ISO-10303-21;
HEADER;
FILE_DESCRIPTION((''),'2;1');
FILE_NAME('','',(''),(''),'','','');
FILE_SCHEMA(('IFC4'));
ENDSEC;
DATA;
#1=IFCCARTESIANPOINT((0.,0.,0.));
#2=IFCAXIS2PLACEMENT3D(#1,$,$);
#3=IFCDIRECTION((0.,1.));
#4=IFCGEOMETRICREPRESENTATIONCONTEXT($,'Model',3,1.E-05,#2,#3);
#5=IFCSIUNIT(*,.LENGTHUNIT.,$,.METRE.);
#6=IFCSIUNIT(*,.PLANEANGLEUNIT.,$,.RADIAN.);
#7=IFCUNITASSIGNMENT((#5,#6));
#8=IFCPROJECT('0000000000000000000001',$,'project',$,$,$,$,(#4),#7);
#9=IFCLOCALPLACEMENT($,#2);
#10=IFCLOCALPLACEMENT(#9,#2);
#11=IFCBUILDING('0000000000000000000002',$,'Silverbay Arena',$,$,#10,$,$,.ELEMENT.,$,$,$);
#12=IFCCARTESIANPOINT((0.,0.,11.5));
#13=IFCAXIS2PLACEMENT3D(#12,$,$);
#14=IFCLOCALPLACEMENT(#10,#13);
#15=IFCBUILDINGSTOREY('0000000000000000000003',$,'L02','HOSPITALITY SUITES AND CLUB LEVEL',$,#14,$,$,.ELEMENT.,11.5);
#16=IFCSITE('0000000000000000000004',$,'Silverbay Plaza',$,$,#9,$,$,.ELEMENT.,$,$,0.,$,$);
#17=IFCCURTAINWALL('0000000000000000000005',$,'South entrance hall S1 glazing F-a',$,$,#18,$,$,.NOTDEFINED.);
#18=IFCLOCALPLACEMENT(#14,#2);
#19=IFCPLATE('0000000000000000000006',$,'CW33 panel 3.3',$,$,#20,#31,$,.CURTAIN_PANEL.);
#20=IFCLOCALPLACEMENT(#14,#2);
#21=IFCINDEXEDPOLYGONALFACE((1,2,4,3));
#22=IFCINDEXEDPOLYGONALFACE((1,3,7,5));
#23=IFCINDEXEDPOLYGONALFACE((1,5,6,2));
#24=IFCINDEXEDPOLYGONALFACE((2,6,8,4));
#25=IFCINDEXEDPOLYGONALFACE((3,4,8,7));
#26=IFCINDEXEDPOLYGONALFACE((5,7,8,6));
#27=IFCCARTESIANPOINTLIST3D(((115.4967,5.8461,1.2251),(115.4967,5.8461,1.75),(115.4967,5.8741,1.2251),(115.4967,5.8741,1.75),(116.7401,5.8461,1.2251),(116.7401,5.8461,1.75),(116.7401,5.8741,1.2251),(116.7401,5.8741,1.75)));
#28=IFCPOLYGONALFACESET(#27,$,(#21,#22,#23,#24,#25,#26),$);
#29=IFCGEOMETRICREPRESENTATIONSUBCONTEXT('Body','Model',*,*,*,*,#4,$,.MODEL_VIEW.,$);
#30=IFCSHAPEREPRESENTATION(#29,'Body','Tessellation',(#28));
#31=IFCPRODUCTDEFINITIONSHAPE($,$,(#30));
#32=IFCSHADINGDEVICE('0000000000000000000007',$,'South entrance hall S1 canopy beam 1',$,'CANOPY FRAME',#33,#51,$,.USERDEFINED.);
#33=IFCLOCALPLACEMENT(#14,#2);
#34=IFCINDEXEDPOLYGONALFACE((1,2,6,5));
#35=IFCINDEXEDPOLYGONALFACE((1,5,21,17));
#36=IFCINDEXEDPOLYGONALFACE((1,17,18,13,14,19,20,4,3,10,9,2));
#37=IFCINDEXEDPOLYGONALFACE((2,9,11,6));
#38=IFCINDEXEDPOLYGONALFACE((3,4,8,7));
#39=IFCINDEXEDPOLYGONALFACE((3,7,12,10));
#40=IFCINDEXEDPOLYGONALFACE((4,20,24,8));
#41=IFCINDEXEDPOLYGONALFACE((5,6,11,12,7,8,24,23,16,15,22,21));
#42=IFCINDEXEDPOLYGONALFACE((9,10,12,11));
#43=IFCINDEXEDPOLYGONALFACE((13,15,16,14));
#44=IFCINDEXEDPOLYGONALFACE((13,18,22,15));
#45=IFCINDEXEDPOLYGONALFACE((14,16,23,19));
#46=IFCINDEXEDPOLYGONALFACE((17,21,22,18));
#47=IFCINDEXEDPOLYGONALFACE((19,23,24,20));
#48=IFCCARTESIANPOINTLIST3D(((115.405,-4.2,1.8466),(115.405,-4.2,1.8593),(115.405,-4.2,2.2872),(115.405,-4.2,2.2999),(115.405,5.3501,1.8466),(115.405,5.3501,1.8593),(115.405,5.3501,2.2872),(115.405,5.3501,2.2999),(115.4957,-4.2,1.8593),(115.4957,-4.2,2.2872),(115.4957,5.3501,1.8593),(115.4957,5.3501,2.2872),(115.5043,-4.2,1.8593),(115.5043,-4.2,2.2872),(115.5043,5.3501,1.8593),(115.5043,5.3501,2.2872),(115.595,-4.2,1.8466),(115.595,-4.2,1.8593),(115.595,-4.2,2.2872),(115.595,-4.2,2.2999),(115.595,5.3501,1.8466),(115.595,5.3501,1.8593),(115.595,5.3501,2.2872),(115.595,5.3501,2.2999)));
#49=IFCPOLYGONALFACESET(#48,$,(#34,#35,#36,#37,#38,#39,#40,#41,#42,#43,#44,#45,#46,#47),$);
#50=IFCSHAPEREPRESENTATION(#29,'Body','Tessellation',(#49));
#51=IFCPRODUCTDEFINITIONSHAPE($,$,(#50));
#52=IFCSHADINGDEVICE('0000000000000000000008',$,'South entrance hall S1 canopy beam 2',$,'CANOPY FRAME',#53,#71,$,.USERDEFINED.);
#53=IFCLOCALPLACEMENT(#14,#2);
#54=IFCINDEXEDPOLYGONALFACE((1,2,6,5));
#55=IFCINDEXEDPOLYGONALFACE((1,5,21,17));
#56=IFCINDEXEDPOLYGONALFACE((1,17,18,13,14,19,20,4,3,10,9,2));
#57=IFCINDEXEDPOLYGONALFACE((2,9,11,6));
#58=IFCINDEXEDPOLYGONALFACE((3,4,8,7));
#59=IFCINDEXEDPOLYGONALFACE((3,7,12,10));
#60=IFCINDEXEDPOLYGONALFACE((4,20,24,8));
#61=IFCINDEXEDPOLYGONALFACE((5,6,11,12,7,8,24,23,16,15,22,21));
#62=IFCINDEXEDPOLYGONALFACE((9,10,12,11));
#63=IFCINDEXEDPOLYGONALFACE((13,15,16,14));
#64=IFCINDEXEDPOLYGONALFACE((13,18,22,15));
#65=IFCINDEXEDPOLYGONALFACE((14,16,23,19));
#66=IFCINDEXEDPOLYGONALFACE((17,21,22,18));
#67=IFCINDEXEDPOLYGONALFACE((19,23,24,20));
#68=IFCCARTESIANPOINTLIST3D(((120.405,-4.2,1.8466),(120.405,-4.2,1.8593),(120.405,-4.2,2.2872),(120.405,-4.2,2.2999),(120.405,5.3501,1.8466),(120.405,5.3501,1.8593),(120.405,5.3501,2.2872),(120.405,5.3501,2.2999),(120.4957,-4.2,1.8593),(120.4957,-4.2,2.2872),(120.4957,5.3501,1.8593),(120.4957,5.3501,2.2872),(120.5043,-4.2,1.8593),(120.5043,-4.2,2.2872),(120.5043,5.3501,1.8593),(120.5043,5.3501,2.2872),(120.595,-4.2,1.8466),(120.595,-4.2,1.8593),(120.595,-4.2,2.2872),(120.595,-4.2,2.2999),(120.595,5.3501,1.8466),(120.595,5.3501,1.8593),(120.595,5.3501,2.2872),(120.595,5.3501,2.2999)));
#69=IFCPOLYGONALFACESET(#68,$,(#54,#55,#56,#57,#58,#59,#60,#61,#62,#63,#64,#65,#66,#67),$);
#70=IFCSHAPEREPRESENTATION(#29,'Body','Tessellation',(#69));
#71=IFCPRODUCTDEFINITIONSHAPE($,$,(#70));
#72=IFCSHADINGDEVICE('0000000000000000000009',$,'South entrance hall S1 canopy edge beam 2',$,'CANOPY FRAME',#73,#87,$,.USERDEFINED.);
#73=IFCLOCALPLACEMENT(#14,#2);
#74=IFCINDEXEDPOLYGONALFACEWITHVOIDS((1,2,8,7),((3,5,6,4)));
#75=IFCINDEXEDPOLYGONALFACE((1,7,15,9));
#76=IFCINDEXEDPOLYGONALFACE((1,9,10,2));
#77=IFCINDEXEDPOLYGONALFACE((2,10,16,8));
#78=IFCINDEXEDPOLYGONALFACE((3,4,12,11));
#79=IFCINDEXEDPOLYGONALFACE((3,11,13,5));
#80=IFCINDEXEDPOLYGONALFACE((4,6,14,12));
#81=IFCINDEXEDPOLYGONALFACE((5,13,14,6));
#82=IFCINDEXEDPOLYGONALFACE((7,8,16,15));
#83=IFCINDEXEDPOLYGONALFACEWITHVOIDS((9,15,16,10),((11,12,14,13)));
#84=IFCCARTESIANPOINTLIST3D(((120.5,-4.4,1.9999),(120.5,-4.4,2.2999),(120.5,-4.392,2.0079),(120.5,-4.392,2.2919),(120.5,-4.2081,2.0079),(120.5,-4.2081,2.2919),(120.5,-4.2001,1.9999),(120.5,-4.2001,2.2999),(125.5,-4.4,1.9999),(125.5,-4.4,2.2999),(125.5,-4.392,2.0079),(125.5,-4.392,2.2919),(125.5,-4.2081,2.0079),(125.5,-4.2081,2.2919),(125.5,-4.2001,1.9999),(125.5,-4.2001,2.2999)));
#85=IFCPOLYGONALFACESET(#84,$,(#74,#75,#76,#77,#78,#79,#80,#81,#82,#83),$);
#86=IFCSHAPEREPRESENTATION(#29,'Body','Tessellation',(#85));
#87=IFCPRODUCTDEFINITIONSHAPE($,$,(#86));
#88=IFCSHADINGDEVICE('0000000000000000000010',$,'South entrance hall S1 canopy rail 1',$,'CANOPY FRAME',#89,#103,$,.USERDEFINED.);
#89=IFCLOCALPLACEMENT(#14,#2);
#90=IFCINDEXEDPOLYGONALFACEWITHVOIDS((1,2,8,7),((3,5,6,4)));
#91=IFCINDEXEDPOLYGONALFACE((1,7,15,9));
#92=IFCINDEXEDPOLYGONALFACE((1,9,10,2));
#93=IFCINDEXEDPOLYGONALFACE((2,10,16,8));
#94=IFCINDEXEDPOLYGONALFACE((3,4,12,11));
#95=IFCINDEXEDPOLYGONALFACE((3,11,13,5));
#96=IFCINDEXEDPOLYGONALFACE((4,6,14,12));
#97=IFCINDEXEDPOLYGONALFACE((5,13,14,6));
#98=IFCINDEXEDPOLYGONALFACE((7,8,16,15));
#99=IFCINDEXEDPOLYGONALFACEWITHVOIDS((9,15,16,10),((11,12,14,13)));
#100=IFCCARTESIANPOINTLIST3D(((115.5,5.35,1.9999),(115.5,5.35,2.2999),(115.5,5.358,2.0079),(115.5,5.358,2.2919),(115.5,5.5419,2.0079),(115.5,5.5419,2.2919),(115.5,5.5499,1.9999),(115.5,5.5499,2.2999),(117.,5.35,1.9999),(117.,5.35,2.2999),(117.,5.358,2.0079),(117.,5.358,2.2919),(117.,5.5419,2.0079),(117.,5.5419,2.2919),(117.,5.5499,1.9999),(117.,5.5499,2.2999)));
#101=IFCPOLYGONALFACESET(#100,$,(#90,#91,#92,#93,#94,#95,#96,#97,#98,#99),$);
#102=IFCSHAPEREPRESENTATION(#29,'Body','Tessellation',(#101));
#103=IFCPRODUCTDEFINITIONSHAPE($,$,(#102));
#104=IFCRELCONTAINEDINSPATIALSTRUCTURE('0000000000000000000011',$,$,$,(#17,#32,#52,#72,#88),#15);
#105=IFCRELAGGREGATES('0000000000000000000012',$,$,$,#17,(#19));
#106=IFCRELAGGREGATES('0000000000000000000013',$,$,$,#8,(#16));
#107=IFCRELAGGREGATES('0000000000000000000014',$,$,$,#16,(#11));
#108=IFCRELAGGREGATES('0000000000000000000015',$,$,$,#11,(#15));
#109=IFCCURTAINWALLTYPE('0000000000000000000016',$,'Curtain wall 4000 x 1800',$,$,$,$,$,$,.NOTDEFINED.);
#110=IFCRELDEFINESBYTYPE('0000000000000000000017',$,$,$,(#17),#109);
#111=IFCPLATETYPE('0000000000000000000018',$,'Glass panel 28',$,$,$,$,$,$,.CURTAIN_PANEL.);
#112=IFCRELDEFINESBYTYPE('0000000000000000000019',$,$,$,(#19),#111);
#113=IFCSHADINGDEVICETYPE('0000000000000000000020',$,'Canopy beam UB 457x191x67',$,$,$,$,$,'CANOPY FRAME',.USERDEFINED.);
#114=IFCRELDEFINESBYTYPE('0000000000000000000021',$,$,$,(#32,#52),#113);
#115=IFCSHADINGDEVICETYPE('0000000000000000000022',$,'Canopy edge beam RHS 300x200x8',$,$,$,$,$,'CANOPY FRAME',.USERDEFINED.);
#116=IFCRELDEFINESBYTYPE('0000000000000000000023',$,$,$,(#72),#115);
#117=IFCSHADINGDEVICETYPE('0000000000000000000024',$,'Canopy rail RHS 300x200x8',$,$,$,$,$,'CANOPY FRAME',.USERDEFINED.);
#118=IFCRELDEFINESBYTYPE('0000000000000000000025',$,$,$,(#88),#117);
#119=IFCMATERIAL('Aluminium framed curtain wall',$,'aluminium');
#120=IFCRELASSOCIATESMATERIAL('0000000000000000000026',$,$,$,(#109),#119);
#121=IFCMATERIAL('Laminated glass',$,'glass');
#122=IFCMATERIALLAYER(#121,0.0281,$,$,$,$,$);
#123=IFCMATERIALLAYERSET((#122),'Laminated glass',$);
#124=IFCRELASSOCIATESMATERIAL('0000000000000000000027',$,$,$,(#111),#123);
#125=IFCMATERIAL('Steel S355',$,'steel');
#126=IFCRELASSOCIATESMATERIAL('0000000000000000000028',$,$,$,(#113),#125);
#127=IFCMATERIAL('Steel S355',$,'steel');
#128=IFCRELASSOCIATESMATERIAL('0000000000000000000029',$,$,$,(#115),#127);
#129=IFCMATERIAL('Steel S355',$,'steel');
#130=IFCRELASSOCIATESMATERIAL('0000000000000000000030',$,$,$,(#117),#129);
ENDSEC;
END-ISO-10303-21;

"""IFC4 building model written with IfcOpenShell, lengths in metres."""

from ifc_helpers import new_model, si_unit, direction, frame, origin, origin_2d, place, context, subcontext, project, spatial, rectangle, hollow_rectangle, i_section, extrude, material, layer, layer_set, material_profile, profile_set, type_object, element, aggregate, save


model = new_model("IFC4")

# Units and contexts
model_context = context("Model", 3, precision=1e-05, world=origin(), true_north=direction((0.0, 1.0)))
body_context = subcontext(model_context, "Body", "Model", "MODEL_VIEW")
ifc_project = project(units=[si_unit("LENGTHUNIT", "METRE"), si_unit("PLANEANGLEUNIT", "RADIAN")], contexts=[model_context])

# Site, building, storey
site_placement = place(None, origin())
site = spatial("IfcSite", under=ifc_project, at=site_placement, Name="Silverbay Plaza", CompositionType="ELEMENT", RefElevation=0.0)
building_placement = place(site_placement, origin())
building = spatial("IfcBuilding", under=site, at=building_placement, Name="Silverbay Arena", CompositionType="ELEMENT")
storey_placement = place(building_placement, frame((0.0, 0.0, 11.5)))
storey = spatial("IfcBuildingStorey", under=building, at=storey_placement, Name="L02", Description="HOSPITALITY SUITES AND CLUB LEVEL", CompositionType="ELEMENT", Elevation=11.5)

# Curtain wall
ifc_material_1 = material(Name="Aluminium framed curtain wall", Category="aluminium")
curtain_wall_type_1 = type_object("IfcCurtainWallType", Name="Curtain wall 4000 x 1800", PredefinedType="NOTDEFINED", material=ifc_material_1)
curtain_wall_1_placement = place(storey_placement, origin())
curtain_wall_1 = element("IfcCurtainWall", 1, at=curtain_wall_1_placement, inside=storey, type_object=curtain_wall_type_1, Name="South entrance hall S1 glazing F-a", PredefinedType="NOTDEFINED")

# Plate
ifc_material_2 = material(Name="Laminated glass", Category="glass")
ifc_layer = layer(ifc_material_2, 0.0281)
ifc_layer_set = layer_set([ifc_layer], Name="Laminated glass")
plate_type = type_object("IfcPlateType", Name="Glass panel 28", PredefinedType="CURTAIN_PANEL", material=ifc_layer_set)
plate_1_placement = place(storey_placement, frame((116.1184, 5.8601, 1.2251), z_axis=(0.0, 0.0, 1.0), x_axis=(1.0, 0.0, 0.0)))
plate_1 = element("IfcPlate", 2, at=plate_1_placement, type_object=plate_type, Name="CW33 panel 3.3", PredefinedType="CURTAIN_PANEL", context=body_context, shape_type="SweptSolid", body=[
    extrude(rectangle(XDim=1.2434, YDim=0.0281, at=origin_2d()), origin(), (0.0, 0.0, 1.0), 0.5249),
])
aggregate(curtain_wall_1, [plate_1])

# Shading devices
ifc_material_3 = material(Name="Steel S355", Category="steel")
ifc_material_profile_1 = material_profile(ifc_material_3, i_section(OverallWidth=0.1899, OverallDepth=0.4534, WebThickness=0.0085, FlangeThickness=0.0127, at=origin_2d()), Name="UB 457x191x67")
ifc_profile_set_1 = profile_set([ifc_material_profile_1], Name="Steel S355")
shading_device_type_1 = type_object("IfcShadingDeviceType", Name="Canopy beam UB 457x191x67", ElementType="CANOPY FRAME", PredefinedType="USERDEFINED", material=ifc_profile_set_1)
for number, where, z_axis, x_axis, name in (
    (3, (115.5, 5.3501, 2.0732), (0.0, -1.0, 0.0), (1.0, 0.0, 0.0), "South entrance hall S1 canopy beam 1"),
    (4, (120.5, 5.3501, 2.0732), (0.0, -1.0, 0.0), (1.0, 0.0, 0.0), "South entrance hall S1 canopy beam 2"),
):
    element("IfcShadingDevice", number, at=place(storey_placement, frame(where, z_axis=z_axis, x_axis=x_axis)), inside=storey, type_object=shading_device_type_1, Name=name, ObjectType="CANOPY FRAME", PredefinedType="USERDEFINED", context=body_context, shape_type="SweptSolid", body=[
        extrude(i_section(OverallWidth=0.1899, OverallDepth=0.4534, WebThickness=0.0085, FlangeThickness=0.0127, at=origin_2d()), origin(), (0.0, 0.0, 1.0), 9.55),
    ])
ifc_material_4 = material(Name="Steel S355", Category="steel")
ifc_material_profile_2 = material_profile(ifc_material_4, hollow_rectangle(XDim=0.2, YDim=0.3, WallThickness=0.0081, at=origin_2d()), Name="RHS 300x200x8")
ifc_profile_set_2 = profile_set([ifc_material_profile_2], Name="Steel S355")
shading_device_type_2 = type_object("IfcShadingDeviceType", Name="Canopy edge beam RHS 300x200x8", ElementType="CANOPY FRAME", PredefinedType="USERDEFINED", material=ifc_profile_set_2)
shading_device_1_placement = place(storey_placement, frame((120.5, -4.3, 2.1499), z_axis=(1.0, 0.0, 0.0), x_axis=(0.0, 1.0, 0.0)))
element("IfcShadingDevice", 5, at=shading_device_1_placement, inside=storey, type_object=shading_device_type_2, Name="South entrance hall S1 canopy edge beam 2", ObjectType="CANOPY FRAME", PredefinedType="USERDEFINED", context=body_context, shape_type="SweptSolid", body=[
    extrude(hollow_rectangle(XDim=0.2, YDim=0.3, WallThickness=0.0081, at=origin_2d()), origin(), (0.0, 0.0, 1.0), 5.0),
])
ifc_material_5 = material(Name="Steel S355", Category="steel")
ifc_material_profile_3 = material_profile(ifc_material_5, hollow_rectangle(XDim=0.2, YDim=0.3, WallThickness=0.0081, at=origin_2d()), Name="RHS 300x200x8")
ifc_profile_set_3 = profile_set([ifc_material_profile_3], Name="Steel S355")
shading_device_type_3 = type_object("IfcShadingDeviceType", Name="Canopy rail RHS 300x200x8", ElementType="CANOPY FRAME", PredefinedType="USERDEFINED", material=ifc_profile_set_3)
shading_device_2_placement = place(storey_placement, frame((115.5, 5.45, 2.1499), z_axis=(1.0, 0.0, 0.0), x_axis=(0.0, 1.0, 0.0)))
element("IfcShadingDevice", 6, at=shading_device_2_placement, inside=storey, type_object=shading_device_type_3, Name="South entrance hall S1 canopy rail 1", ObjectType="CANOPY FRAME", PredefinedType="USERDEFINED", context=body_context, shape_type="SweptSolid", body=[
    extrude(hollow_rectangle(XDim=0.2, YDim=0.3, WallThickness=0.0081, at=origin_2d()), origin(), (0.0, 0.0, 1.0), 1.5),
])

save(model, "model.ifc")
